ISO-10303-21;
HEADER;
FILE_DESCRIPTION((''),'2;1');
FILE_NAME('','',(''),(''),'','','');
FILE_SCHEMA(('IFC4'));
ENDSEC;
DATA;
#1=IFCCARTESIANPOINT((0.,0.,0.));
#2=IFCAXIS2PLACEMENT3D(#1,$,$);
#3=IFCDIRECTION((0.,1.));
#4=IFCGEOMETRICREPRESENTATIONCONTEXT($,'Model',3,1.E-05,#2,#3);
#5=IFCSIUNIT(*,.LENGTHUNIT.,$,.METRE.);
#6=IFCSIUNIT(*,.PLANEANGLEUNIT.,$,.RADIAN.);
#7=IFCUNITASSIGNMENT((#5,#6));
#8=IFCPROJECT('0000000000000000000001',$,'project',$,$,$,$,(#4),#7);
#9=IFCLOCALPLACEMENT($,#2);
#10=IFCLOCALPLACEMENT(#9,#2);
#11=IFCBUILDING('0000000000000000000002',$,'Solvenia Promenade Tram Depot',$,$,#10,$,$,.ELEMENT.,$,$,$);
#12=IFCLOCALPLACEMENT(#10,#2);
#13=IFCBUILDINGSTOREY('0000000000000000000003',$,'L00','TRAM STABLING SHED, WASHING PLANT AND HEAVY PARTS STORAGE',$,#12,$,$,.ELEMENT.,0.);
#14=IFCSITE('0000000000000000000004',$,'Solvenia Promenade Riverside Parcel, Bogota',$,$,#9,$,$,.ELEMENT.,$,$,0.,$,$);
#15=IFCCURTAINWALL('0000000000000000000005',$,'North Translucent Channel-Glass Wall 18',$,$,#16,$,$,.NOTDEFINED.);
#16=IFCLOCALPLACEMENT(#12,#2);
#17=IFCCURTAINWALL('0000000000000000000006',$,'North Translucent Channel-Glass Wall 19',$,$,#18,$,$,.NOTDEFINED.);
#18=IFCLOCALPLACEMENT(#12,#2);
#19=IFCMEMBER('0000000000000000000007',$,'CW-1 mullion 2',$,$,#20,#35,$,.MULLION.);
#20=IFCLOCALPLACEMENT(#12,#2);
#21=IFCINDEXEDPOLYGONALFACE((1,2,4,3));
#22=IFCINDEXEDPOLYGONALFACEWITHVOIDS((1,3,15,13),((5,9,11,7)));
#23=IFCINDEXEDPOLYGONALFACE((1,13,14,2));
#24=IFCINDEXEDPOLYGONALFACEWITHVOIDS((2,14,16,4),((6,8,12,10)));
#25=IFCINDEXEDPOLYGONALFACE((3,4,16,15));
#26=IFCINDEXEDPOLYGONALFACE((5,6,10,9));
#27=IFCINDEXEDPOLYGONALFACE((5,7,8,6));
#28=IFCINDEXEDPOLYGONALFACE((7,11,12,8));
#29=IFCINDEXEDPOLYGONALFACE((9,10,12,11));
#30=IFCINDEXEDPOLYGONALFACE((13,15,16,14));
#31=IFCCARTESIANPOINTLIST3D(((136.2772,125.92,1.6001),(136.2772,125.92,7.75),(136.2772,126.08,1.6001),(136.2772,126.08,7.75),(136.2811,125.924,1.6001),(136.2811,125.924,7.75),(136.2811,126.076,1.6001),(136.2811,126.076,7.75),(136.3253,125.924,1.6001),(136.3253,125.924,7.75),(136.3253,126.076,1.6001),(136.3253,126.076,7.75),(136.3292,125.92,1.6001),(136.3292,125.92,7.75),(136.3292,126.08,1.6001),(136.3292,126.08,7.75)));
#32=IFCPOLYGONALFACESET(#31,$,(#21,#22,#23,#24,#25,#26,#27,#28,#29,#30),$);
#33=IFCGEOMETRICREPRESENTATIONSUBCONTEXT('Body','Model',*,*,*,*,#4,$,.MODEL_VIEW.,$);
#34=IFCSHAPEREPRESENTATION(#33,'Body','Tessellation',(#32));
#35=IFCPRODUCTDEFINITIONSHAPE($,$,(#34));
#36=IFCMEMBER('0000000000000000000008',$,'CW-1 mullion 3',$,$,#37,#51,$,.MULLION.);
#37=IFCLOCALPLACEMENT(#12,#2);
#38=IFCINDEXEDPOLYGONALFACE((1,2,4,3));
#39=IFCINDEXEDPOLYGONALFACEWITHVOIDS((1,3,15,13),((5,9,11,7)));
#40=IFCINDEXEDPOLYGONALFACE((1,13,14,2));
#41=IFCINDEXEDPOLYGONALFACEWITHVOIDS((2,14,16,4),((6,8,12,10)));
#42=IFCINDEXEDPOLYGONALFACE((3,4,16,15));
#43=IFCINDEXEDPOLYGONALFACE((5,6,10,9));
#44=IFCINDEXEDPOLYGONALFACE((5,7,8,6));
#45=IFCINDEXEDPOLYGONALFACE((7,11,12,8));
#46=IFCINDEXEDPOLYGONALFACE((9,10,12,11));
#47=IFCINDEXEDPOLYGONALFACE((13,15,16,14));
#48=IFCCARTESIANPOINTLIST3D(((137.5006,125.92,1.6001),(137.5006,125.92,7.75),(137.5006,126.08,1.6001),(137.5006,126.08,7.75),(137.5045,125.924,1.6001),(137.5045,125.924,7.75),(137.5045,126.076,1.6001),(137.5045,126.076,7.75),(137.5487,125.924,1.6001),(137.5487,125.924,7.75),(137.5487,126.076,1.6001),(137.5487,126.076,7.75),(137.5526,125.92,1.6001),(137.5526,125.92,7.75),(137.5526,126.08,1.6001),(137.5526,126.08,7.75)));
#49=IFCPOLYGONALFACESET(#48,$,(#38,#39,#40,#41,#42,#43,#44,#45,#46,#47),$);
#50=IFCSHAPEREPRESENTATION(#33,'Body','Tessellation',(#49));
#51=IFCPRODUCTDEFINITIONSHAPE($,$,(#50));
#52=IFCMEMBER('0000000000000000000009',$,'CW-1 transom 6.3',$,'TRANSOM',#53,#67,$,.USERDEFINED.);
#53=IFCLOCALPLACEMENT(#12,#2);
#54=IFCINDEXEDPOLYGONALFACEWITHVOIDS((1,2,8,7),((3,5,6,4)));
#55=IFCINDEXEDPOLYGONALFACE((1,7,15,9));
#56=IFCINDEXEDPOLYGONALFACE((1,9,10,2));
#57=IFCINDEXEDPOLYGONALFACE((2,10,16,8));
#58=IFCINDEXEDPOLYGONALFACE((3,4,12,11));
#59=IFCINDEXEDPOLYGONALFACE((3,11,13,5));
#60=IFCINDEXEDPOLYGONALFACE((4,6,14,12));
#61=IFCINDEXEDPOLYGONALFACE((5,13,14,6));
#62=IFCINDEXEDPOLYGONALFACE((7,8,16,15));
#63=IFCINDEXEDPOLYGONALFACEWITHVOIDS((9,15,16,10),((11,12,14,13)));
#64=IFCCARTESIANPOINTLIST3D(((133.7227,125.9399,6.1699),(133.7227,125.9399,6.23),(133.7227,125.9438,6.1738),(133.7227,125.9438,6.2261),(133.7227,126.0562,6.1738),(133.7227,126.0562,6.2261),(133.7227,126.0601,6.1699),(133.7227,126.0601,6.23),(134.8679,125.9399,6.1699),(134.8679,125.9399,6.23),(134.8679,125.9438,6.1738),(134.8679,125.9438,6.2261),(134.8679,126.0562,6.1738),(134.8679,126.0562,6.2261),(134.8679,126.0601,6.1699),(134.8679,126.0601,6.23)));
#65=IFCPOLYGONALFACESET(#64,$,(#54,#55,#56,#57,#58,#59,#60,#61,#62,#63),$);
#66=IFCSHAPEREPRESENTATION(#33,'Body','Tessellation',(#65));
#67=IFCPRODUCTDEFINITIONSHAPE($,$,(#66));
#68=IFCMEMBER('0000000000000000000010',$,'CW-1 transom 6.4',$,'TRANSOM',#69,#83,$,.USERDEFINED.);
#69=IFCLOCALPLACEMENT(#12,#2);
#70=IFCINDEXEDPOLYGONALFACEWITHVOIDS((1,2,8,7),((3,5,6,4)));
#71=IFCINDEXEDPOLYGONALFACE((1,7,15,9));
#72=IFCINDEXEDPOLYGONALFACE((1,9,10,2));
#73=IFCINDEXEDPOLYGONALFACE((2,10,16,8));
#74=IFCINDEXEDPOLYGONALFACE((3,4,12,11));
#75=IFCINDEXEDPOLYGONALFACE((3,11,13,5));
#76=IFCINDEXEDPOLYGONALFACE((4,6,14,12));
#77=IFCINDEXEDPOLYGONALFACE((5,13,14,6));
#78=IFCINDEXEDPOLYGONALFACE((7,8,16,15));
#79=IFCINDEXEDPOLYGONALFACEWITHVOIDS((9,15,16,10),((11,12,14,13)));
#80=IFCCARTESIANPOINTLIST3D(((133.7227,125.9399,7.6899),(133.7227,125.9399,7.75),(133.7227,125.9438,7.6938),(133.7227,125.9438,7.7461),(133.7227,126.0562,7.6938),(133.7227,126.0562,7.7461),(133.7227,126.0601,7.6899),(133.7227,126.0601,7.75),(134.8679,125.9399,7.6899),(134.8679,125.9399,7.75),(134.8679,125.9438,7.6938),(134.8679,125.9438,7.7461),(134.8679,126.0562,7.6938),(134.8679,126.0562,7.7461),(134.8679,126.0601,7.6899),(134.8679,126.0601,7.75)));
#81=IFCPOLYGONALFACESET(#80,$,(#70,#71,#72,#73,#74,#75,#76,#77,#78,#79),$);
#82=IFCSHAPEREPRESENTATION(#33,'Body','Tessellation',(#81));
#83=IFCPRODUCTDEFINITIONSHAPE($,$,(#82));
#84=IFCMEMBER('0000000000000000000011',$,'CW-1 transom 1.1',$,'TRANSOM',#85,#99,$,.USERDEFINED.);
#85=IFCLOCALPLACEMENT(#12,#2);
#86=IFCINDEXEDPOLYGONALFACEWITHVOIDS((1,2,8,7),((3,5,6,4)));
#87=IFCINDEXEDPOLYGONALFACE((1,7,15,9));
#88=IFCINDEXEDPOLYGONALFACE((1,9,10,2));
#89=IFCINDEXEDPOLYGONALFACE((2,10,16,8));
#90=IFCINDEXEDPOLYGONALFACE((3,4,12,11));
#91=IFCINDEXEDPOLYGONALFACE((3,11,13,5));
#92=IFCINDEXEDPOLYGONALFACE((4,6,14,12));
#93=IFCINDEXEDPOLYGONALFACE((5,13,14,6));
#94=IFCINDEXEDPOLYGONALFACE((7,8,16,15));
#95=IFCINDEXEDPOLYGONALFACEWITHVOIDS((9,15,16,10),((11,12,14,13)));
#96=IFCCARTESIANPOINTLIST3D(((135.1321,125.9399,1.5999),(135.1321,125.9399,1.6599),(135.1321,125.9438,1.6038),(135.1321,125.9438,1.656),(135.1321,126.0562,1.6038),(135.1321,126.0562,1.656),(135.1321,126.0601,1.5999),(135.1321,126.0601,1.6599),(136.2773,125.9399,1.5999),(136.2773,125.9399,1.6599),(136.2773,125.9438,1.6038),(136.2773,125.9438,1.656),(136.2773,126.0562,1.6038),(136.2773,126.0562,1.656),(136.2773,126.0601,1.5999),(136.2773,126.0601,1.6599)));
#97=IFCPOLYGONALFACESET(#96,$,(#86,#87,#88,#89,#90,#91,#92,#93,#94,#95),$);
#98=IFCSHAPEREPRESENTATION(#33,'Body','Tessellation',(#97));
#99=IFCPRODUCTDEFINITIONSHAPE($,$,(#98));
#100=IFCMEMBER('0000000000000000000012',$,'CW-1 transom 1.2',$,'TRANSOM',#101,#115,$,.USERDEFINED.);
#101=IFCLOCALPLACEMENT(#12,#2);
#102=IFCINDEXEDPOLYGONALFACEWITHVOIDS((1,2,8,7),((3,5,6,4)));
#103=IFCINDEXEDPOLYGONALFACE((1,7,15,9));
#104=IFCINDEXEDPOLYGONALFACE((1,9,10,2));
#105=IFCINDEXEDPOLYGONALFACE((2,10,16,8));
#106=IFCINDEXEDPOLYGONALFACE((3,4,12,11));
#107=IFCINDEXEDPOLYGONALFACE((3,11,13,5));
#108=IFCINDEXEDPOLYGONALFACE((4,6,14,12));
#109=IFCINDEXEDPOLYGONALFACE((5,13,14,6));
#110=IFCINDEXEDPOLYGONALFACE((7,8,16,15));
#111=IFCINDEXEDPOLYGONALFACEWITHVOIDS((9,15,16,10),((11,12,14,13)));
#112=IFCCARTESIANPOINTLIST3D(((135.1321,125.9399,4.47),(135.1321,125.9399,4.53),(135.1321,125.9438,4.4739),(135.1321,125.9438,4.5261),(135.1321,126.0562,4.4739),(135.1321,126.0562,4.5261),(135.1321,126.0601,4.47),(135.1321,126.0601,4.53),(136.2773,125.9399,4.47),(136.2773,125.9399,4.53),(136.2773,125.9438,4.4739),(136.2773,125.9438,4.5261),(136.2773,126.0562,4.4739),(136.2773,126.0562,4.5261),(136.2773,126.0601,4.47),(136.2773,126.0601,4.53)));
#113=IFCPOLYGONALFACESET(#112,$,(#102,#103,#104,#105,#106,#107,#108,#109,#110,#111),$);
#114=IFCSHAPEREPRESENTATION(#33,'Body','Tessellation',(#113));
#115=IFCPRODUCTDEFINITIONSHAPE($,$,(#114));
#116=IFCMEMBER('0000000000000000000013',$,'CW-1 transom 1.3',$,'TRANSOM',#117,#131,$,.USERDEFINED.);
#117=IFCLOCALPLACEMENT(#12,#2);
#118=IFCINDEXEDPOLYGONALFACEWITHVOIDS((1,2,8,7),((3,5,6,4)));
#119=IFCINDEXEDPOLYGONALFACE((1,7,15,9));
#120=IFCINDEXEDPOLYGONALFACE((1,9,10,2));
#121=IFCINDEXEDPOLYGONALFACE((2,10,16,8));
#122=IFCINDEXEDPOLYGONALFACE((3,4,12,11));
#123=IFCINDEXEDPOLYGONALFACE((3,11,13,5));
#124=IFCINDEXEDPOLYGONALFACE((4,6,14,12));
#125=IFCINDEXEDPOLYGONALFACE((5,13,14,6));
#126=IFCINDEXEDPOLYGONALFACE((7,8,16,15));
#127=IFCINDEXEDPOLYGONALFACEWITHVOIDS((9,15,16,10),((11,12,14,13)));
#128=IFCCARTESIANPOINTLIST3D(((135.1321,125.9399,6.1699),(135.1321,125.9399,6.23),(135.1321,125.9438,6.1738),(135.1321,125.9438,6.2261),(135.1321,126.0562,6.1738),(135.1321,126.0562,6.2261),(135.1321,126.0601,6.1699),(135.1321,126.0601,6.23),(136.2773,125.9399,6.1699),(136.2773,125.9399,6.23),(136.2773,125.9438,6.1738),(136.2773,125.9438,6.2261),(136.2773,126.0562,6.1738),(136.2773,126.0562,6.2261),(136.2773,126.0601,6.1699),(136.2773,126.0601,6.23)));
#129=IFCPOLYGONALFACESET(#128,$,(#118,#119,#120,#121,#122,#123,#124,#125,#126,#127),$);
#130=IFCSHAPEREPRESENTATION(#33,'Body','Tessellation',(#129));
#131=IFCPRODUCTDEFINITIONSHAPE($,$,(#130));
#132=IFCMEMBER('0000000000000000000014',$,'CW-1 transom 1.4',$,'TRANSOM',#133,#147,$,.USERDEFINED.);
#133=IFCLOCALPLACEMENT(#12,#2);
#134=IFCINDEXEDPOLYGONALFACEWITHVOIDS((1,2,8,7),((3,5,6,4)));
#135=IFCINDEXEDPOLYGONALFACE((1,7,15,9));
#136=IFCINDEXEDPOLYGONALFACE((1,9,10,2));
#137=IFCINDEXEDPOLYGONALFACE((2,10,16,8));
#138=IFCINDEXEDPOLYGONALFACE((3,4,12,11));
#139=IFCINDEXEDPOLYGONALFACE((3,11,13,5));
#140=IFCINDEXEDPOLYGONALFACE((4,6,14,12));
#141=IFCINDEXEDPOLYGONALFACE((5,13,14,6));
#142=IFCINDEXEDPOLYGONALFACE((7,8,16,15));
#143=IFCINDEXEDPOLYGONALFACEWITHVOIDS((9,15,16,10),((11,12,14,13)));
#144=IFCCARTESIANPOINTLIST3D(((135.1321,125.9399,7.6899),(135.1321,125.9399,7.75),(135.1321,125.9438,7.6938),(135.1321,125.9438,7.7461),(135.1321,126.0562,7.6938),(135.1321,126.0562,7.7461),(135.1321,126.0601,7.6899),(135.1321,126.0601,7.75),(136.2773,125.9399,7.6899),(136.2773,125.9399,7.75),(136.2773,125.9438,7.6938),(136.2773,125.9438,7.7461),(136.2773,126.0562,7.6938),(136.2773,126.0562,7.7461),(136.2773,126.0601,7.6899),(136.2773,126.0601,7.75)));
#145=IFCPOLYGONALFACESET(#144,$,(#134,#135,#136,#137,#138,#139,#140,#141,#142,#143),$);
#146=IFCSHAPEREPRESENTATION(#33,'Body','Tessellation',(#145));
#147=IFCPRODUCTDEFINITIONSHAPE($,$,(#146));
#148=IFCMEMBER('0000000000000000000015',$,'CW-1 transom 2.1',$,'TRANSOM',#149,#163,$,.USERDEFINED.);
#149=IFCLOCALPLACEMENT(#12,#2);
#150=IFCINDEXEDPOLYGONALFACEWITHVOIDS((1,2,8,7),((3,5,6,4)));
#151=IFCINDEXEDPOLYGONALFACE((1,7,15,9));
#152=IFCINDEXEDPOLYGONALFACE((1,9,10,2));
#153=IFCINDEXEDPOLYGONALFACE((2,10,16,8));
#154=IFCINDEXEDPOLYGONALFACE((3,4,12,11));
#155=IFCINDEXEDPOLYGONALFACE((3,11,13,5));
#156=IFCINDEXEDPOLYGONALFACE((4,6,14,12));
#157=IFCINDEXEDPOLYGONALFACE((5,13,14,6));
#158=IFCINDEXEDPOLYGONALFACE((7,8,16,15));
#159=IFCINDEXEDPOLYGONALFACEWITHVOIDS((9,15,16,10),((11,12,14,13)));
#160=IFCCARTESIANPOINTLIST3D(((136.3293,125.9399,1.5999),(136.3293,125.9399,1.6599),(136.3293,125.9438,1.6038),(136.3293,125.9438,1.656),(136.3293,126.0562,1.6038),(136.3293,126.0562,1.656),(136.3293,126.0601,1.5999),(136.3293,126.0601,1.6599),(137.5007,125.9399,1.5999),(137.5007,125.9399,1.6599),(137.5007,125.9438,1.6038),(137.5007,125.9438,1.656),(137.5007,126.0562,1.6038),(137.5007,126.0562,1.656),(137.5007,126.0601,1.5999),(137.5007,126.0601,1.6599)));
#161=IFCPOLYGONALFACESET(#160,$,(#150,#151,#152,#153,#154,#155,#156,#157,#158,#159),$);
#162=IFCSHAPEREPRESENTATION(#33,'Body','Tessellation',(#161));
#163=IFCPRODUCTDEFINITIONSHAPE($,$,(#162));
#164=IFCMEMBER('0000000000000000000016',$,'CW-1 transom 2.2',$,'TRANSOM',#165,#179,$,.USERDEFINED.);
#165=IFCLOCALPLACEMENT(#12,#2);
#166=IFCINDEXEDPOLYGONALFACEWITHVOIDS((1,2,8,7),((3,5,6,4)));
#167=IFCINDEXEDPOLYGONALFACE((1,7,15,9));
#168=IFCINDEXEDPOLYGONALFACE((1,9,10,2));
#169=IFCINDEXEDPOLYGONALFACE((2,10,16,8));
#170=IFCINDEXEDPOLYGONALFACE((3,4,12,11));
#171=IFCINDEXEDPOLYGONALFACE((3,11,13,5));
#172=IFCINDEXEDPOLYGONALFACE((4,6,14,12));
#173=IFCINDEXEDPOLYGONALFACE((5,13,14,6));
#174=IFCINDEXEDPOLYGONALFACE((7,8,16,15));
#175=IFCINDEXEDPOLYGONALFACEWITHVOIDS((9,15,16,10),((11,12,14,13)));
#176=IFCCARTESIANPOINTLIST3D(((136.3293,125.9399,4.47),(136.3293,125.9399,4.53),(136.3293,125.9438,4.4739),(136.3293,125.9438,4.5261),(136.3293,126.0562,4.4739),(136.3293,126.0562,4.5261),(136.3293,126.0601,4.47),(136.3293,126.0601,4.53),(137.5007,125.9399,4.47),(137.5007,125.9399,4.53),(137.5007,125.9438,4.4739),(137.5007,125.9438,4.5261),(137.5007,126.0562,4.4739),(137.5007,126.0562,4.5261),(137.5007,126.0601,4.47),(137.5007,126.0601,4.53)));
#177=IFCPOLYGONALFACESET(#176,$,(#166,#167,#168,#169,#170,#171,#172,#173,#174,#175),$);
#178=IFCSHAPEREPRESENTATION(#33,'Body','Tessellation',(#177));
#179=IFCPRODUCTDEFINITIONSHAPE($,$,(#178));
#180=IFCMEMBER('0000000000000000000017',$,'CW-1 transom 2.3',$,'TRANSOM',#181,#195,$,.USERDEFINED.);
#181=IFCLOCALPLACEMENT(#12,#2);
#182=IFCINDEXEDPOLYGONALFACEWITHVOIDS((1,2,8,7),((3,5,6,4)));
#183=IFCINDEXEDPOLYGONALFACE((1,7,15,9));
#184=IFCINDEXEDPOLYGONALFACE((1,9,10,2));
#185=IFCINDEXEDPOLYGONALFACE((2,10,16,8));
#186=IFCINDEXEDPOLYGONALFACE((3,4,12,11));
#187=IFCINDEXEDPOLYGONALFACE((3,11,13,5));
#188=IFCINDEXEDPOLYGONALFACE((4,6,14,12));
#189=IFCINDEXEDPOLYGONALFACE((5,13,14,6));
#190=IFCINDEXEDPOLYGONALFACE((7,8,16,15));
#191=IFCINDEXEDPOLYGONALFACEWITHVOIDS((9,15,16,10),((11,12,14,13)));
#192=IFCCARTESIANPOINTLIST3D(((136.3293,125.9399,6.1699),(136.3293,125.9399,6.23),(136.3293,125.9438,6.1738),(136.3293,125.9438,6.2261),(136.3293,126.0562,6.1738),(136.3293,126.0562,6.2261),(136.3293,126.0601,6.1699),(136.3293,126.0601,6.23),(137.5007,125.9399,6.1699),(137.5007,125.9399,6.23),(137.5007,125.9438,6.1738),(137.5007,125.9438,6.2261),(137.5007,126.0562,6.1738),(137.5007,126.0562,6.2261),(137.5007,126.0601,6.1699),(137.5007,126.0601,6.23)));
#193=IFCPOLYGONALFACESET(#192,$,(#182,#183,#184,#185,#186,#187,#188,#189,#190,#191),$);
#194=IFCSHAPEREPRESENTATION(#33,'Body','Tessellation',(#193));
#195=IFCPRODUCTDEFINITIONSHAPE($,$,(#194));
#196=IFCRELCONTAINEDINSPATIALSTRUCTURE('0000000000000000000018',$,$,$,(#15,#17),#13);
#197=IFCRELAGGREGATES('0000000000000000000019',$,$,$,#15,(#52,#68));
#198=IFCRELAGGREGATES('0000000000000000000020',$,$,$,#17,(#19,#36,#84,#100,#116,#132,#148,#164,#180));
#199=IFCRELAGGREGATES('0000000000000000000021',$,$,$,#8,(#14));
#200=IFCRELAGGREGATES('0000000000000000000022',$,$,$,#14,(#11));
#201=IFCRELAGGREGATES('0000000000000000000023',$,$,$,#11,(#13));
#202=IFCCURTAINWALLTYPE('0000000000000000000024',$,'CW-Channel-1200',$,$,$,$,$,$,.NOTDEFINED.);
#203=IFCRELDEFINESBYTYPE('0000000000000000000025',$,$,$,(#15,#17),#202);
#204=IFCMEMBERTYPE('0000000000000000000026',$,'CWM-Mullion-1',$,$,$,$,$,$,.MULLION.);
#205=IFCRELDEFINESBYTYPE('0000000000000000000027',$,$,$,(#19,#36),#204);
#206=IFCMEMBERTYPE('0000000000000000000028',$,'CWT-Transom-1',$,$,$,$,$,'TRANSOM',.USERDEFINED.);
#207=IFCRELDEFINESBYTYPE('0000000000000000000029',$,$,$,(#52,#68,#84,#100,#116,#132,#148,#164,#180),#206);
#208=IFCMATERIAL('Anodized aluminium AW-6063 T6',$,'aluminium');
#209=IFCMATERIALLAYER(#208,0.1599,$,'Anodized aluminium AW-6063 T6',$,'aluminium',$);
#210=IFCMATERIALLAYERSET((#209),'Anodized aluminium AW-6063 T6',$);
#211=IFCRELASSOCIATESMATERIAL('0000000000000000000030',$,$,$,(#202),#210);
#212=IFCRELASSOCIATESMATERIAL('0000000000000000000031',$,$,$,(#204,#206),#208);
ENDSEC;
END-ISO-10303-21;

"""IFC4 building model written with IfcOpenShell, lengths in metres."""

from ifc_helpers import new_model, si_unit, direction, frame, origin, origin_2d, place, context, subcontext, project, spatial, hollow_rectangle, extrude, material, layer, layer_set, material_profile, profile_set, type_object, element, aggregate, save


model = new_model("IFC4")

# Units and contexts
model_context = context("Model", 3, precision=1e-05, world=origin(), true_north=direction((0.0, 1.0)))
body_context = subcontext(model_context, "Body", "Model", "MODEL_VIEW")
ifc_project = project(units=[si_unit("LENGTHUNIT", "METRE"), si_unit("PLANEANGLEUNIT", "RADIAN")], contexts=[model_context])

# Site, building, storey
site_placement = place(None, origin())
site = spatial("IfcSite", under=ifc_project, at=site_placement, Name="Solvenia Promenade Riverside Parcel, Bogota", CompositionType="ELEMENT", RefElevation=0.0)
building_placement = place(site_placement, origin())
building = spatial("IfcBuilding", under=site, at=building_placement, Name="Solvenia Promenade Tram Depot", CompositionType="ELEMENT")
storey_placement = place(building_placement, origin())
storey = spatial("IfcBuildingStorey", under=building, at=storey_placement, Name="L00", Description="TRAM STABLING SHED, WASHING PLANT AND HEAVY PARTS STORAGE", CompositionType="ELEMENT", Elevation=0.0)

# Curtain wall
ifc_material_1 = material(Name="Anodized aluminium AW-6063 T6", Category="aluminium")
ifc_layer_1 = layer(ifc_material_1, 0.1599, Name="Anodized aluminium AW-6063 T6", Category="aluminium")
ifc_layer_set_1 = layer_set([ifc_layer_1], Name="Anodized aluminium AW-6063 T6")
curtain_wall_type = type_object("IfcCurtainWallType", Name="CW-Channel-1200", PredefinedType="NOTDEFINED", material=ifc_layer_set_1)
curtain_wall_1_placement = place(storey_placement, origin())
curtain_wall_1 = element("IfcCurtainWall", 1, at=curtain_wall_1_placement, inside=storey, type_object=curtain_wall_type, Name="North Translucent Channel-Glass Wall 18", PredefinedType="NOTDEFINED")
ifc_material_profile_1 = material_profile(ifc_material_1, hollow_rectangle(XDim=0.1599, YDim=0.052, WallThickness=0.0039, at=origin_2d()), Name="ALU-M1", Category="aluminium")
ifc_profile_set_1 = profile_set([ifc_material_profile_1], Name="Anodized aluminium AW-6063 T6")
member_type_1 = type_object("IfcMemberType", Name="CWM-Mullion-1", PredefinedType="MULLION", material=ifc_profile_set_1)

# Curtain wall, members
curtain_wall_2_placement = place(storey_placement, origin())
curtain_wall_2 = element("IfcCurtainWall", 2, at=curtain_wall_2_placement, inside=storey, type_object=curtain_wall_type, Name="North Translucent Channel-Glass Wall 19", PredefinedType="NOTDEFINED")
member_1_placement = place(storey_placement, frame((136.3032, 126.0, 1.6001), z_axis=(0.0, 0.0, 1.0), x_axis=(0.0, 1.0, 0.0)))
member_1 = element("IfcMember", 3, at=member_1_placement, type_object=member_type_1, Name="CW-1 mullion 2", PredefinedType="MULLION", context=body_context, shape_type="SweptSolid", body=[
    extrude(hollow_rectangle(XDim=0.1599, YDim=0.052, WallThickness=0.0039, at=origin_2d()), origin(), (0.0, 0.0, 1.0), 6.1499),
])
member_2_placement = place(storey_placement, frame((137.5266, 126.0, 1.6001), z_axis=(0.0, 0.0, 1.0), x_axis=(0.0, 1.0, 0.0)))
member_2 = element("IfcMember", 4, at=member_2_placement, type_object=member_type_1, Name="CW-1 mullion 3", PredefinedType="MULLION", context=body_context, shape_type="SweptSolid", body=[
    extrude(hollow_rectangle(XDim=0.1599, YDim=0.052, WallThickness=0.0039, at=origin_2d()), origin(), (0.0, 0.0, 1.0), 6.1499),
])

# Members
ifc_material_profile_2 = material_profile(ifc_material_1, hollow_rectangle(XDim=0.1201, YDim=0.0601, WallThickness=0.0039, at=origin_2d()), Name="ALU-T1", Category="aluminium")
ifc_profile_set_2 = profile_set([ifc_material_profile_2], Name="Anodized aluminium AW-6063 T6")
member_type_2 = type_object("IfcMemberType", Name="CWT-Transom-1", ElementType="TRANSOM", PredefinedType="USERDEFINED", material=ifc_profile_set_2)
member_3_placement = place(storey_placement, frame((133.7227, 126.0, 6.2), z_axis=(1.0, 0.0, 0.0), x_axis=(0.0, 1.0, 0.0)))
member_3 = element("IfcMember", 5, at=member_3_placement, type_object=member_type_2, Name="CW-1 transom 6.3", ObjectType="TRANSOM", PredefinedType="USERDEFINED", context=body_context, shape_type="SweptSolid", body=[
    extrude(hollow_rectangle(XDim=0.1201, YDim=0.0601, WallThickness=0.0039, at=origin_2d()), origin(), (0.0, 0.0, 1.0), 1.1453),
])
member_4_placement = place(storey_placement, frame((133.7227, 126.0, 7.72), z_axis=(1.0, 0.0, 0.0), x_axis=(0.0, 1.0, 0.0)))
member_4 = element("IfcMember", 6, at=member_4_placement, type_object=member_type_2, Name="CW-1 transom 6.4", ObjectType="TRANSOM", PredefinedType="USERDEFINED", context=body_context, shape_type="SweptSolid", body=[
    extrude(hollow_rectangle(XDim=0.1201, YDim=0.0601, WallThickness=0.0039, at=origin_2d()), origin(), (0.0, 0.0, 1.0), 1.1453),
])
member_5_placement = place(storey_placement, frame((135.1321, 126.0, 1.6299), z_axis=(1.0, 0.0, 0.0), x_axis=(0.0, 1.0, 0.0)))
member_5 = element("IfcMember", 7, at=member_5_placement, type_object=member_type_2, Name="CW-1 transom 1.1", ObjectType="TRANSOM", PredefinedType="USERDEFINED", context=body_context, shape_type="SweptSolid", body=[
    extrude(hollow_rectangle(XDim=0.1201, YDim=0.0601, WallThickness=0.0039, at=origin_2d()), origin(), (0.0, 0.0, 1.0), 1.1453),
])
member_6_placement = place(storey_placement, frame((135.1321, 126.0, 4.5), z_axis=(1.0, 0.0, 0.0), x_axis=(0.0, 1.0, 0.0)))
member_6 = element("IfcMember", 8, at=member_6_placement, type_object=member_type_2, Name="CW-1 transom 1.2", ObjectType="TRANSOM", PredefinedType="USERDEFINED", context=body_context, shape_type="SweptSolid", body=[
    extrude(hollow_rectangle(XDim=0.1201, YDim=0.0601, WallThickness=0.0039, at=origin_2d()), origin(), (0.0, 0.0, 1.0), 1.1453),
])
member_7_placement = place(storey_placement, frame((135.1321, 126.0, 6.2), z_axis=(1.0, 0.0, 0.0), x_axis=(0.0, 1.0, 0.0)))
member_7 = element("IfcMember", 9, at=member_7_placement, type_object=member_type_2, Name="CW-1 transom 1.3", ObjectType="TRANSOM", PredefinedType="USERDEFINED", context=body_context, shape_type="SweptSolid", body=[
    extrude(hollow_rectangle(XDim=0.1201, YDim=0.0601, WallThickness=0.0039, at=origin_2d()), origin(), (0.0, 0.0, 1.0), 1.1453),
])
member_8_placement = place(storey_placement, frame((135.1321, 126.0, 7.72), z_axis=(1.0, 0.0, 0.0), x_axis=(0.0, 1.0, 0.0)))
member_8 = element("IfcMember", 10, at=member_8_placement, type_object=member_type_2, Name="CW-1 transom 1.4", ObjectType="TRANSOM", PredefinedType="USERDEFINED", context=body_context, shape_type="SweptSolid", body=[
    extrude(hollow_rectangle(XDim=0.1201, YDim=0.0601, WallThickness=0.0039, at=origin_2d()), origin(), (0.0, 0.0, 1.0), 1.1453),
])
member_9_placement = place(storey_placement, frame((136.3293, 126.0, 1.6299), z_axis=(1.0, 0.0, 0.0), x_axis=(0.0, 1.0, 0.0)))
member_9 = element("IfcMember", 11, at=member_9_placement, type_object=member_type_2, Name="CW-1 transom 2.1", ObjectType="TRANSOM", PredefinedType="USERDEFINED", context=body_context, shape_type="SweptSolid", body=[
    extrude(hollow_rectangle(XDim=0.1201, YDim=0.0601, WallThickness=0.0039, at=origin_2d()), origin(), (0.0, 0.0, 1.0), 1.1714),
])
member_10_placement = place(storey_placement, frame((136.3293, 126.0, 4.5), z_axis=(1.0, 0.0, 0.0), x_axis=(0.0, 1.0, 0.0)))
member_10 = element("IfcMember", 12, at=member_10_placement, type_object=member_type_2, Name="CW-1 transom 2.2", ObjectType="TRANSOM", PredefinedType="USERDEFINED", context=body_context, shape_type="SweptSolid", body=[
    extrude(hollow_rectangle(XDim=0.1201, YDim=0.0601, WallThickness=0.0039, at=origin_2d()), origin(), (0.0, 0.0, 1.0), 1.1714),
])
member_11_placement = place(storey_placement, frame((136.3293, 126.0, 6.2), z_axis=(1.0, 0.0, 0.0), x_axis=(0.0, 1.0, 0.0)))
member_11 = element("IfcMember", 13, at=member_11_placement, type_object=member_type_2, Name="CW-1 transom 2.3", ObjectType="TRANSOM", PredefinedType="USERDEFINED", context=body_context, shape_type="SweptSolid", body=[
    extrude(hollow_rectangle(XDim=0.1201, YDim=0.0601, WallThickness=0.0039, at=origin_2d()), origin(), (0.0, 0.0, 1.0), 1.1714),
])

aggregate(curtain_wall_1, [member_3, member_4])
aggregate(curtain_wall_2, [member_1, member_2, member_5, member_6, member_7, member_8, member_9, member_10, member_11])

save(model, "model.ifc")
